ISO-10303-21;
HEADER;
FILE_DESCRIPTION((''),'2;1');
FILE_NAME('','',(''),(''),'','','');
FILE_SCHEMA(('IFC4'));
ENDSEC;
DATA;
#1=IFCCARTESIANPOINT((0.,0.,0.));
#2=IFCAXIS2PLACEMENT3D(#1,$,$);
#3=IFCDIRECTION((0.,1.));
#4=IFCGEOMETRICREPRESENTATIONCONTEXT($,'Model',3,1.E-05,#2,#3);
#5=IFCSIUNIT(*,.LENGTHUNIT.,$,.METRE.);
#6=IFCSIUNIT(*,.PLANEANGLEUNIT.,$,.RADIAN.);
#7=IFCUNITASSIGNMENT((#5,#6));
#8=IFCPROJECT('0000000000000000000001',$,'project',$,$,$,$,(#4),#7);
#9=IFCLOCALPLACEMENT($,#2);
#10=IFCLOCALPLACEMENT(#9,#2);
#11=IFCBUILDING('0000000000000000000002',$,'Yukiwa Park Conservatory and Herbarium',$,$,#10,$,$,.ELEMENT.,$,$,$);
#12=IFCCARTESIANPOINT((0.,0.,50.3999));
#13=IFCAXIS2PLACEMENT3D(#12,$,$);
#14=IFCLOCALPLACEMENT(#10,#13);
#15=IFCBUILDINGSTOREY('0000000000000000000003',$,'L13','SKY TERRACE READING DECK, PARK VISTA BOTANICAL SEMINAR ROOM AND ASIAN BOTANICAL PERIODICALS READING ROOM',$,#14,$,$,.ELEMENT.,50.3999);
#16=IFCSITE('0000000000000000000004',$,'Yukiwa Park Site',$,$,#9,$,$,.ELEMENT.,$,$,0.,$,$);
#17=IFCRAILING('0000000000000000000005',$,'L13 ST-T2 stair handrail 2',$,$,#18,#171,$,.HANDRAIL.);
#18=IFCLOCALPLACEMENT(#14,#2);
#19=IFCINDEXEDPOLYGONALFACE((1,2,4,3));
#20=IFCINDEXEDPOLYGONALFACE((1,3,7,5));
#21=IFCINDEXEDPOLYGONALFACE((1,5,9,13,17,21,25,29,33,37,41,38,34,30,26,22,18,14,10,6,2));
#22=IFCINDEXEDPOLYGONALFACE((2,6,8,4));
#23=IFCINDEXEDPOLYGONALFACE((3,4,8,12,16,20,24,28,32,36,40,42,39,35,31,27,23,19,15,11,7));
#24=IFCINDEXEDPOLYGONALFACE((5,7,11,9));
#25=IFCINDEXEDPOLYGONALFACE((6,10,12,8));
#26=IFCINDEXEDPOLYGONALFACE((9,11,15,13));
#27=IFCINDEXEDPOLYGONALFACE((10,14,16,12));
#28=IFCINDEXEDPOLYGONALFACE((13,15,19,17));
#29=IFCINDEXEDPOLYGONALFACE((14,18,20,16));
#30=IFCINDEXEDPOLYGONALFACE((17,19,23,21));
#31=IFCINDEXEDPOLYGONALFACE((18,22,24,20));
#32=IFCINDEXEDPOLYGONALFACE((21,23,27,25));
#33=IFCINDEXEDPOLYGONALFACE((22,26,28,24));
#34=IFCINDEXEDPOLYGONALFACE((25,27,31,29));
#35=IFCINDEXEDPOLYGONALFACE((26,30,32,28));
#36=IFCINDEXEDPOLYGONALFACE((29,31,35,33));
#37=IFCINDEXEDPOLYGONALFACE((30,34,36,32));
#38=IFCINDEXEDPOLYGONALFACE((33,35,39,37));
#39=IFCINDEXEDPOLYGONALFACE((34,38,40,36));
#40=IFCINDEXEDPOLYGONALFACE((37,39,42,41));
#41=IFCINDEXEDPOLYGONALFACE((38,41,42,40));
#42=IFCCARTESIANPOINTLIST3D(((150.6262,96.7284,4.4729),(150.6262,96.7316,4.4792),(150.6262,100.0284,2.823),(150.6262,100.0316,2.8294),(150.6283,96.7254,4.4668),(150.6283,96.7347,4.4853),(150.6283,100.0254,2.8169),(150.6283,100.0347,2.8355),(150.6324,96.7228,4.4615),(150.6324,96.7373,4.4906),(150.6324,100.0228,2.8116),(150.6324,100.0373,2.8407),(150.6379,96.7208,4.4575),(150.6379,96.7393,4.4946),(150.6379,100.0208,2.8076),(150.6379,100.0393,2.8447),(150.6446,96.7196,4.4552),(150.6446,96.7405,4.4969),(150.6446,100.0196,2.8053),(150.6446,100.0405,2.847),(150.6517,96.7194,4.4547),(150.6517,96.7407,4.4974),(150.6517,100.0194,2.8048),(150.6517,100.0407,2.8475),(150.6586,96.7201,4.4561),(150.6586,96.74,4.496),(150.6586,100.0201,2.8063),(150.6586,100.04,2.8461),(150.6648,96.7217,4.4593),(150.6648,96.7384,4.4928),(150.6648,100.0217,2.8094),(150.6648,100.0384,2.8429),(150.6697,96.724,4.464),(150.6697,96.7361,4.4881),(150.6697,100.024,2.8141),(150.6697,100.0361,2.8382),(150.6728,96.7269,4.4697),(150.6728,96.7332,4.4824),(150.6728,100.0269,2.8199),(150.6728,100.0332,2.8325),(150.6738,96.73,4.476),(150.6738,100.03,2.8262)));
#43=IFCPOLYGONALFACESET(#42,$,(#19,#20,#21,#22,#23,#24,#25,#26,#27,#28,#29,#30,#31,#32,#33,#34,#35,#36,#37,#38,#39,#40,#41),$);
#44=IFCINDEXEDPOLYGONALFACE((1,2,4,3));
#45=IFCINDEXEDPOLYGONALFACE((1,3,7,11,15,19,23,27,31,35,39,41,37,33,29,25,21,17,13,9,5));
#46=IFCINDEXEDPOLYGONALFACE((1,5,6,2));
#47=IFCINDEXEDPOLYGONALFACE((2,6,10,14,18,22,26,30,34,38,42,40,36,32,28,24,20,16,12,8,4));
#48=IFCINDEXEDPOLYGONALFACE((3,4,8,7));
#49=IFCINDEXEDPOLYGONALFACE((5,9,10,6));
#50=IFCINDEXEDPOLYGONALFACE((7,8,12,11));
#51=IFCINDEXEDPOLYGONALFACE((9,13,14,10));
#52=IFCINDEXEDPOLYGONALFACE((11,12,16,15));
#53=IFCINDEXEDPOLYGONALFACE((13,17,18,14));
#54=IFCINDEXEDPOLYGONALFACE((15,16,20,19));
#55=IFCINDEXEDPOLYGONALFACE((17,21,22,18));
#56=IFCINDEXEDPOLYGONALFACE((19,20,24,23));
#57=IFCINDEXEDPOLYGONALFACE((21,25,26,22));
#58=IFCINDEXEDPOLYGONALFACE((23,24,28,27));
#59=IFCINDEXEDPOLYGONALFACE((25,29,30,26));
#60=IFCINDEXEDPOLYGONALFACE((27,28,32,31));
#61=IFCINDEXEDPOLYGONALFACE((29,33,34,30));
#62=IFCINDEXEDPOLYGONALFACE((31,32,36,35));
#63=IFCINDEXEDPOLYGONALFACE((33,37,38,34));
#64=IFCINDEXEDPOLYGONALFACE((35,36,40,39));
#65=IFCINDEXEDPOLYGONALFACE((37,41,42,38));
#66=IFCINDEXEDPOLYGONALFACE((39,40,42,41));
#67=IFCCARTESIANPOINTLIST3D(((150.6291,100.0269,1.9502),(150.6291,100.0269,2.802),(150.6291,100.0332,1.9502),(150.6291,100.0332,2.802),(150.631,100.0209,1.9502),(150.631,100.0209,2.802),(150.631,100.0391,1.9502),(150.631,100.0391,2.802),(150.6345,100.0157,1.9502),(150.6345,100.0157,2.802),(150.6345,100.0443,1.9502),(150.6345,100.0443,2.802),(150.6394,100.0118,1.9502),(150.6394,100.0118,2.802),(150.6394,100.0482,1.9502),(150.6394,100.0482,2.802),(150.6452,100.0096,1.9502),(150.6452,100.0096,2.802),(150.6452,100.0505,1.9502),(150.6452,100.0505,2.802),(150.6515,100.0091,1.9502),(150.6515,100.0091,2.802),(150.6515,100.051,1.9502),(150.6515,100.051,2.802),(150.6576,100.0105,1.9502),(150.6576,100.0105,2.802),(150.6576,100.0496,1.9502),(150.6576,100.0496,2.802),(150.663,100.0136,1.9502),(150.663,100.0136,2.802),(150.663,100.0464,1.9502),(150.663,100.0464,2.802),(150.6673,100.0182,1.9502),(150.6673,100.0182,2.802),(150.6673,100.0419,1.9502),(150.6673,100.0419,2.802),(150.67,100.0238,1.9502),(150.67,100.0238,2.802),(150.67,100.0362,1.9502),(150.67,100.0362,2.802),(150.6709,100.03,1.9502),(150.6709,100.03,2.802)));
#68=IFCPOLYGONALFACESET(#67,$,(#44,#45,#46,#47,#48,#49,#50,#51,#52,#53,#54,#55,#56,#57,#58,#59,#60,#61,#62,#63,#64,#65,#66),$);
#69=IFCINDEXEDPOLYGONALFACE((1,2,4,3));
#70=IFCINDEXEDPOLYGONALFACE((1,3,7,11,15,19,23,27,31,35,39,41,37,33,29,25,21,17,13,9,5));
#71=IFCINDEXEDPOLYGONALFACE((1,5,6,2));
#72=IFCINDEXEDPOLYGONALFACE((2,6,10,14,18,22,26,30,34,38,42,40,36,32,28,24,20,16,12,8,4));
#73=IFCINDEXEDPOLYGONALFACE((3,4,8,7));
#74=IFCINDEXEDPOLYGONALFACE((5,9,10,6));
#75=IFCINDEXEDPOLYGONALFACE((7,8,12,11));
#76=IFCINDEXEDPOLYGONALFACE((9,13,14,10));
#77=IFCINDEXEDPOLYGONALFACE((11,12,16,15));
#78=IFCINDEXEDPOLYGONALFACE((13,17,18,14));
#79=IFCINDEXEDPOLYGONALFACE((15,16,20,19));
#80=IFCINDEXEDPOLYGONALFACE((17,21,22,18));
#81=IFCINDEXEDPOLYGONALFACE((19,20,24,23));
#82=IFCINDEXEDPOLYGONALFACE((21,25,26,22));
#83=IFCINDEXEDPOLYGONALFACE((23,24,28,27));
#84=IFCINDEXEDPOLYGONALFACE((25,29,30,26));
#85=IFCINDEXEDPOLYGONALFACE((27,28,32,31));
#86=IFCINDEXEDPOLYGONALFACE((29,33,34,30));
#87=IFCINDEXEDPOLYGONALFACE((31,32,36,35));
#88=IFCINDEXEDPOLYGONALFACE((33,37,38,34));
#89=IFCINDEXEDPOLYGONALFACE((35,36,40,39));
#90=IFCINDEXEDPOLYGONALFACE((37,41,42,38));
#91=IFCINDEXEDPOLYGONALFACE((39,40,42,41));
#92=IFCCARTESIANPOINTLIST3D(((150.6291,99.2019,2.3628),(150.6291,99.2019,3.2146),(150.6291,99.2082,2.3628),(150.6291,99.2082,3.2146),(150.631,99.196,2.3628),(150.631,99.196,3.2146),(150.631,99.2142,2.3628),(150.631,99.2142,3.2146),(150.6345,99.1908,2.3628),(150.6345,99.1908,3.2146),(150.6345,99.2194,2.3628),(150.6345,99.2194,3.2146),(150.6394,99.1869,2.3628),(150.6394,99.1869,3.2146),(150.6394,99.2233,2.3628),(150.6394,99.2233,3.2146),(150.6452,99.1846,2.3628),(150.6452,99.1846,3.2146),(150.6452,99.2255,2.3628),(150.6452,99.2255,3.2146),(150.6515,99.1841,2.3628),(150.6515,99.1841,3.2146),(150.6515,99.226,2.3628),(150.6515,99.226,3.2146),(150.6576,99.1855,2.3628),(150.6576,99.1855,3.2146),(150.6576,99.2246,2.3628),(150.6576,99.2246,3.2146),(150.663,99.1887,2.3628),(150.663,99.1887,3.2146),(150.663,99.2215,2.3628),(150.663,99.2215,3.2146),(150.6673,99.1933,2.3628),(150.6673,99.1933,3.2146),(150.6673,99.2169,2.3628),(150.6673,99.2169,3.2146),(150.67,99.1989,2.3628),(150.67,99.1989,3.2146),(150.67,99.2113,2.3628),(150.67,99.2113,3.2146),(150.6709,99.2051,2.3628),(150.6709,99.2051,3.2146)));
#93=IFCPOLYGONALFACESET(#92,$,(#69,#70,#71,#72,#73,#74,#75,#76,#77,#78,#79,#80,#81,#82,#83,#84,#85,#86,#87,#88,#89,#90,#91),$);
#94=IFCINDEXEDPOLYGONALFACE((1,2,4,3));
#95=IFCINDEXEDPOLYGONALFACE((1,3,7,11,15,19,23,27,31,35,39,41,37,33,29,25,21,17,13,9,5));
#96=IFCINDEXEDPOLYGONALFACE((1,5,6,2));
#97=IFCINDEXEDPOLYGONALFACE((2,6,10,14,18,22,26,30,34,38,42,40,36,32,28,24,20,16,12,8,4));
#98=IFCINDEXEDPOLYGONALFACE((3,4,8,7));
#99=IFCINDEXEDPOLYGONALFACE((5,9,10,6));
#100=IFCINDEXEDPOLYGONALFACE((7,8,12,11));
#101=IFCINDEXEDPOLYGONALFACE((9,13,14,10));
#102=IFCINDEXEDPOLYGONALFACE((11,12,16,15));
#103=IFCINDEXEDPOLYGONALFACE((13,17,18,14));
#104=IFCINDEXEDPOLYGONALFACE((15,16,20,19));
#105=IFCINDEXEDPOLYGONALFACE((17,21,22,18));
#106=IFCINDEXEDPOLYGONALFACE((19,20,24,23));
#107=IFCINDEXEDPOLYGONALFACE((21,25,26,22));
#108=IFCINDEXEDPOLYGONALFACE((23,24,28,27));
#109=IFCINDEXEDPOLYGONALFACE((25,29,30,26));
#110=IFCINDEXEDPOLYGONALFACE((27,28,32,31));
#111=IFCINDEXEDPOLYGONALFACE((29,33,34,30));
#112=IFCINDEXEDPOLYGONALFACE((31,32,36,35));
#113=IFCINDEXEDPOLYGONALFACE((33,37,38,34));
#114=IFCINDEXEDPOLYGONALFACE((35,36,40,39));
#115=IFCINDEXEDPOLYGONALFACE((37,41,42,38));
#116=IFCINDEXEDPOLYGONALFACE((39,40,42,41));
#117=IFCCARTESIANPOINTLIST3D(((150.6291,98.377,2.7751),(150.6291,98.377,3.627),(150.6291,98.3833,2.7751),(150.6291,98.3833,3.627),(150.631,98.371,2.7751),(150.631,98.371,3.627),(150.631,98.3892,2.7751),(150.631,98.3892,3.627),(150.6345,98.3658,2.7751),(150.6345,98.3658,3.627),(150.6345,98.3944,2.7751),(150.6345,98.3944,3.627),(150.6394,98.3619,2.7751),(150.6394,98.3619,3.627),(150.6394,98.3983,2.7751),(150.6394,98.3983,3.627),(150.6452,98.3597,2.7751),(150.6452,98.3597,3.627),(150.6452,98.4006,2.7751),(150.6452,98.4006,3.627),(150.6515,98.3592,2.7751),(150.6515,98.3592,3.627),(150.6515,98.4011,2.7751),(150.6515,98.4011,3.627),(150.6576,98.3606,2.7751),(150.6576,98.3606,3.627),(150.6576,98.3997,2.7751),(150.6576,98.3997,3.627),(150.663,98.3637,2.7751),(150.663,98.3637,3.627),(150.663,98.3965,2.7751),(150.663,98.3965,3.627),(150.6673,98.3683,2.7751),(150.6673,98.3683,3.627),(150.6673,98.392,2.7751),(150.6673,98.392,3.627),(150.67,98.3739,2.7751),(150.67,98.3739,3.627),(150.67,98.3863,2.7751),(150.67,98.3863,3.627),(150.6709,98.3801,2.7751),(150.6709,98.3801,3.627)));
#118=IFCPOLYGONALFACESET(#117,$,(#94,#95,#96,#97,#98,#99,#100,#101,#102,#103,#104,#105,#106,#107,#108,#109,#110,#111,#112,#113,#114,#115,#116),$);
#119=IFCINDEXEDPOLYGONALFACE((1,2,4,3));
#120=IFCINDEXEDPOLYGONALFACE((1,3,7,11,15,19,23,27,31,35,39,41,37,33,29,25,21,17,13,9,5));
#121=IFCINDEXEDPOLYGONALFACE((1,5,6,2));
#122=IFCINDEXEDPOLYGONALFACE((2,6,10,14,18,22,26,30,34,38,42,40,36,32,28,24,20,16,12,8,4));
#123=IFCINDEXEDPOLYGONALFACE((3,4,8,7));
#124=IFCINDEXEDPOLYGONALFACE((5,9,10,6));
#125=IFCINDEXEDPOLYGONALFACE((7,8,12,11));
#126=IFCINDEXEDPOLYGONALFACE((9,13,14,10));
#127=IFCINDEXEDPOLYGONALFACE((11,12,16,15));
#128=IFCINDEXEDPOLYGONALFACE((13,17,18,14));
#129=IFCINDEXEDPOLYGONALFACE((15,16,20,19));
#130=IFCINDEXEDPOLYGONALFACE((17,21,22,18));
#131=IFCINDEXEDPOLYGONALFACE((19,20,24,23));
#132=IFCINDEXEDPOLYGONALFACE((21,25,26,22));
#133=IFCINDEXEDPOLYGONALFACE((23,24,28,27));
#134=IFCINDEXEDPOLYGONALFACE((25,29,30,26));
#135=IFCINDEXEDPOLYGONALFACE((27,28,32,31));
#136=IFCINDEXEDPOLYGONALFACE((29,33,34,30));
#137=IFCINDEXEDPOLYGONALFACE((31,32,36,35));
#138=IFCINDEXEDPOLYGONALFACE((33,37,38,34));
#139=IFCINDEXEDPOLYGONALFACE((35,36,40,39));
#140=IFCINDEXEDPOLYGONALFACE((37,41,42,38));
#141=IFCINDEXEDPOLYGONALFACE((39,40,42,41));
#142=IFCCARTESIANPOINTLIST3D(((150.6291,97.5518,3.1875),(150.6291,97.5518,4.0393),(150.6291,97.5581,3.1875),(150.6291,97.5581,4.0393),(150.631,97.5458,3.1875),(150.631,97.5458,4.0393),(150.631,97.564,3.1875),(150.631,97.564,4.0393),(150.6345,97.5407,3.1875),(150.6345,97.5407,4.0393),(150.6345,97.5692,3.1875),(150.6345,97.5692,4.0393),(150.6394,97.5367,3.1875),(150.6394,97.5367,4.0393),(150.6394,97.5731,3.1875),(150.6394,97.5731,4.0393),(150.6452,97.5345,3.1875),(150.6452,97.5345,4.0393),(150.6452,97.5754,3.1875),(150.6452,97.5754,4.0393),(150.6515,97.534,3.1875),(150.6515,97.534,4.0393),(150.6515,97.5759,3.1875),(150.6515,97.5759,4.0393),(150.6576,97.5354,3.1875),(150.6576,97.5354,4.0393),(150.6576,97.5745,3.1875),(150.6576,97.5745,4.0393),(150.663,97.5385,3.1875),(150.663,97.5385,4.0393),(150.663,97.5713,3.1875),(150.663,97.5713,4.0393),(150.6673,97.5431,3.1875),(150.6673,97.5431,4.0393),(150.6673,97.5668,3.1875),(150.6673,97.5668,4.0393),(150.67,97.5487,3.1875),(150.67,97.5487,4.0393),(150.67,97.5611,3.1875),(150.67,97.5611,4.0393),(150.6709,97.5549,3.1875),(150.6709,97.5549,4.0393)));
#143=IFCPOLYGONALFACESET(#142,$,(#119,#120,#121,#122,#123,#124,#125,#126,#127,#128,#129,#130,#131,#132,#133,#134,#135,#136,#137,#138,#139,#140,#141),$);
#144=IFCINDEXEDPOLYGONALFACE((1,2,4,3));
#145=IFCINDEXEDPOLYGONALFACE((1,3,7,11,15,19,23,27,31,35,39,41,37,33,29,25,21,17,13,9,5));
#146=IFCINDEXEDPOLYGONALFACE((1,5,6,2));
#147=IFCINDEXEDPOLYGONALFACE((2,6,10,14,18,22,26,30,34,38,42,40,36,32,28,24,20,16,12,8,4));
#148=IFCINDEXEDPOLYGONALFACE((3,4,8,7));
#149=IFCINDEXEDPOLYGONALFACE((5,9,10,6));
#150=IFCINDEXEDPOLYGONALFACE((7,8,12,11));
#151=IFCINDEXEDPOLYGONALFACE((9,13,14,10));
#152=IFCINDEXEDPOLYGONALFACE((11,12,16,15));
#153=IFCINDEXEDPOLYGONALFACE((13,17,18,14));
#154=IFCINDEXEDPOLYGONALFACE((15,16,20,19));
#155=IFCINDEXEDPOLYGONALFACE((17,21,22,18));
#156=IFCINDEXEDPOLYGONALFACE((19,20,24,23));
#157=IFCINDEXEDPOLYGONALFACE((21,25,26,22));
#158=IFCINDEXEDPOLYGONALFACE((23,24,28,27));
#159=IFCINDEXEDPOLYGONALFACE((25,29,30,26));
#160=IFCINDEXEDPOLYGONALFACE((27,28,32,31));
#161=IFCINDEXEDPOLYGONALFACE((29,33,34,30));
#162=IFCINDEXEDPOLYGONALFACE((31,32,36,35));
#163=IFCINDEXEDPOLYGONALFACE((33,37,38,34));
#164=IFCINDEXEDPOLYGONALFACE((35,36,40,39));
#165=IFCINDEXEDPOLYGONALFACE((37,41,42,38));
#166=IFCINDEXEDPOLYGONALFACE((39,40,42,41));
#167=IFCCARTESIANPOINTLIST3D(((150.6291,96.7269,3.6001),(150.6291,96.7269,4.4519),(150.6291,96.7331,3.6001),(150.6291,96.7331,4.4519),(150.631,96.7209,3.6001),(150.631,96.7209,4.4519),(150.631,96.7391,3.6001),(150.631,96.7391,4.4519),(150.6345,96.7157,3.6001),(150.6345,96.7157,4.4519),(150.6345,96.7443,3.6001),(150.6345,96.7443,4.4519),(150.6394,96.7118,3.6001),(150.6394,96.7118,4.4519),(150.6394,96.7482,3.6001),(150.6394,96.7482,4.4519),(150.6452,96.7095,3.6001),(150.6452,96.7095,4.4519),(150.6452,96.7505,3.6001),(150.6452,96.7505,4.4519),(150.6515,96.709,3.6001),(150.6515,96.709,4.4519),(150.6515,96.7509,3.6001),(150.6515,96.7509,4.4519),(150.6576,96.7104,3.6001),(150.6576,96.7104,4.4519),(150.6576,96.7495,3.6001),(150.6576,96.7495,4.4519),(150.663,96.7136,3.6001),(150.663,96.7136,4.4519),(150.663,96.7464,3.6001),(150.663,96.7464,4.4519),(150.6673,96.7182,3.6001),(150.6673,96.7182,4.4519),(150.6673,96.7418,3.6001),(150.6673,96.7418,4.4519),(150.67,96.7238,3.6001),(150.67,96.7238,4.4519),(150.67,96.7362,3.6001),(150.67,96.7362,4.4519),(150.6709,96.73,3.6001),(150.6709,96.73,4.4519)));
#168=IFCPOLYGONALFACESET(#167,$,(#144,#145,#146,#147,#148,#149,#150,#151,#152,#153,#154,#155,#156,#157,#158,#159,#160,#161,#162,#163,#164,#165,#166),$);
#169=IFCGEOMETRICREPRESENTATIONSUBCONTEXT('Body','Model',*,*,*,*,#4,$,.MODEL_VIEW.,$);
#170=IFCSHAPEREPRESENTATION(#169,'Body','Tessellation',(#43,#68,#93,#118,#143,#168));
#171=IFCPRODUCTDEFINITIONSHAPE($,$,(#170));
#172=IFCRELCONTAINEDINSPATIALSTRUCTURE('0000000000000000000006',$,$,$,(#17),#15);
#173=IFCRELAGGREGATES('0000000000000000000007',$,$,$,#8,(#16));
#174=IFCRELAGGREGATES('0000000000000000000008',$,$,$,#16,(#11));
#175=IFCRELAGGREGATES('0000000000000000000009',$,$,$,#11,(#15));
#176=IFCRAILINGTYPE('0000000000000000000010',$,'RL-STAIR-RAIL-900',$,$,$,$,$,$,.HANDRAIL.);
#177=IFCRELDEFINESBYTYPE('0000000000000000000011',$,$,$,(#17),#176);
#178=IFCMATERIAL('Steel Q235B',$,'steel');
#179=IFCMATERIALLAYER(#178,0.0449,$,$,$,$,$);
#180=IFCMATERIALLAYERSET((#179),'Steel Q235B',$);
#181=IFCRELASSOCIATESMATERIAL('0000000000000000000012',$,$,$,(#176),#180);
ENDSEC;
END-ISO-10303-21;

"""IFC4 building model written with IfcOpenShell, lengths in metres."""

from ifc_helpers import new_model, si_unit, direction, frame, origin, origin_2d, place, context, subcontext, project, spatial, circle, extrude, material, layer, layer_set, type_object, element, save


model = new_model("IFC4")

# Units and contexts
model_context = context("Model", 3, precision=1e-05, world=origin(), true_north=direction((0.0, 1.0)))
body_context = subcontext(model_context, "Body", "Model", "MODEL_VIEW")
ifc_project = project(units=[si_unit("LENGTHUNIT", "METRE"), si_unit("PLANEANGLEUNIT", "RADIAN")], contexts=[model_context])

# Site, building, storey
site_placement = place(None, origin())
site = spatial("IfcSite", under=ifc_project, at=site_placement, Name="Yukiwa Park Site", CompositionType="ELEMENT", RefElevation=0.0)
building_placement = place(site_placement, origin())
building = spatial("IfcBuilding", under=site, at=building_placement, Name="Yukiwa Park Conservatory and Herbarium", CompositionType="ELEMENT")
storey_placement = place(building_placement, frame((0.0, 0.0, 50.3999)))
storey = spatial("IfcBuildingStorey", under=building, at=storey_placement, Name="L13", Description="SKY TERRACE READING DECK, PARK VISTA BOTANICAL SEMINAR ROOM AND ASIAN BOTANICAL PERIODICALS READING ROOM", CompositionType="ELEMENT", Elevation=50.3999)

# Railing
ifc_material_1 = material(Name="Steel Q235B", Category="steel")
ifc_layer_1 = layer(ifc_material_1, 0.0449)
ifc_layer_set_1 = layer_set([ifc_layer_1], Name="Steel Q235B")
railing_type_1 = type_object("IfcRailingType", Name="RL-STAIR-RAIL-900", PredefinedType="HANDRAIL", material=ifc_layer_set_1)
railing_1_placement = place(storey_placement, frame((150.6499, 100.03, 1.9502)))
element("IfcRailing", 1, at=railing_1_placement, inside=storey, type_object=railing_type_1, Name="L13 ST-T2 stair handrail 2", PredefinedType="HANDRAIL", context=body_context, shape_type="SweptSolid", body=[
    extrude(circle(Radius=0.0239, at=origin_2d()), frame((0.0, 0.0, 0.876), z_axis=(0.0, -0.89444, 0.447187), x_axis=(1.0, 0.0, 0.0)), (0.0, 0.0, 1.0), 3.6895),
    extrude(circle(Radius=0.021, at=origin_2d()), origin(), (0.0, 0.0, 1.0), 0.8518),
    extrude(circle(Radius=0.021, at=origin_2d()), frame((0.0, -0.825, 0.4126)), (0.0, 0.0, 1.0), 0.8518),
    extrude(circle(Radius=0.021, at=origin_2d()), frame((0.0, -1.6499, 0.825)), (0.0, 0.0, 1.0), 0.8518),
    extrude(circle(Radius=0.021, at=origin_2d()), frame((0.0, -2.4751, 1.2373)), (0.0, 0.0, 1.0), 0.8518),
    extrude(circle(Radius=0.021, at=origin_2d()), frame((0.0, -3.3, 1.6499)), (0.0, 0.0, 1.0), 0.8518),
])

save(model, "model.ifc")
